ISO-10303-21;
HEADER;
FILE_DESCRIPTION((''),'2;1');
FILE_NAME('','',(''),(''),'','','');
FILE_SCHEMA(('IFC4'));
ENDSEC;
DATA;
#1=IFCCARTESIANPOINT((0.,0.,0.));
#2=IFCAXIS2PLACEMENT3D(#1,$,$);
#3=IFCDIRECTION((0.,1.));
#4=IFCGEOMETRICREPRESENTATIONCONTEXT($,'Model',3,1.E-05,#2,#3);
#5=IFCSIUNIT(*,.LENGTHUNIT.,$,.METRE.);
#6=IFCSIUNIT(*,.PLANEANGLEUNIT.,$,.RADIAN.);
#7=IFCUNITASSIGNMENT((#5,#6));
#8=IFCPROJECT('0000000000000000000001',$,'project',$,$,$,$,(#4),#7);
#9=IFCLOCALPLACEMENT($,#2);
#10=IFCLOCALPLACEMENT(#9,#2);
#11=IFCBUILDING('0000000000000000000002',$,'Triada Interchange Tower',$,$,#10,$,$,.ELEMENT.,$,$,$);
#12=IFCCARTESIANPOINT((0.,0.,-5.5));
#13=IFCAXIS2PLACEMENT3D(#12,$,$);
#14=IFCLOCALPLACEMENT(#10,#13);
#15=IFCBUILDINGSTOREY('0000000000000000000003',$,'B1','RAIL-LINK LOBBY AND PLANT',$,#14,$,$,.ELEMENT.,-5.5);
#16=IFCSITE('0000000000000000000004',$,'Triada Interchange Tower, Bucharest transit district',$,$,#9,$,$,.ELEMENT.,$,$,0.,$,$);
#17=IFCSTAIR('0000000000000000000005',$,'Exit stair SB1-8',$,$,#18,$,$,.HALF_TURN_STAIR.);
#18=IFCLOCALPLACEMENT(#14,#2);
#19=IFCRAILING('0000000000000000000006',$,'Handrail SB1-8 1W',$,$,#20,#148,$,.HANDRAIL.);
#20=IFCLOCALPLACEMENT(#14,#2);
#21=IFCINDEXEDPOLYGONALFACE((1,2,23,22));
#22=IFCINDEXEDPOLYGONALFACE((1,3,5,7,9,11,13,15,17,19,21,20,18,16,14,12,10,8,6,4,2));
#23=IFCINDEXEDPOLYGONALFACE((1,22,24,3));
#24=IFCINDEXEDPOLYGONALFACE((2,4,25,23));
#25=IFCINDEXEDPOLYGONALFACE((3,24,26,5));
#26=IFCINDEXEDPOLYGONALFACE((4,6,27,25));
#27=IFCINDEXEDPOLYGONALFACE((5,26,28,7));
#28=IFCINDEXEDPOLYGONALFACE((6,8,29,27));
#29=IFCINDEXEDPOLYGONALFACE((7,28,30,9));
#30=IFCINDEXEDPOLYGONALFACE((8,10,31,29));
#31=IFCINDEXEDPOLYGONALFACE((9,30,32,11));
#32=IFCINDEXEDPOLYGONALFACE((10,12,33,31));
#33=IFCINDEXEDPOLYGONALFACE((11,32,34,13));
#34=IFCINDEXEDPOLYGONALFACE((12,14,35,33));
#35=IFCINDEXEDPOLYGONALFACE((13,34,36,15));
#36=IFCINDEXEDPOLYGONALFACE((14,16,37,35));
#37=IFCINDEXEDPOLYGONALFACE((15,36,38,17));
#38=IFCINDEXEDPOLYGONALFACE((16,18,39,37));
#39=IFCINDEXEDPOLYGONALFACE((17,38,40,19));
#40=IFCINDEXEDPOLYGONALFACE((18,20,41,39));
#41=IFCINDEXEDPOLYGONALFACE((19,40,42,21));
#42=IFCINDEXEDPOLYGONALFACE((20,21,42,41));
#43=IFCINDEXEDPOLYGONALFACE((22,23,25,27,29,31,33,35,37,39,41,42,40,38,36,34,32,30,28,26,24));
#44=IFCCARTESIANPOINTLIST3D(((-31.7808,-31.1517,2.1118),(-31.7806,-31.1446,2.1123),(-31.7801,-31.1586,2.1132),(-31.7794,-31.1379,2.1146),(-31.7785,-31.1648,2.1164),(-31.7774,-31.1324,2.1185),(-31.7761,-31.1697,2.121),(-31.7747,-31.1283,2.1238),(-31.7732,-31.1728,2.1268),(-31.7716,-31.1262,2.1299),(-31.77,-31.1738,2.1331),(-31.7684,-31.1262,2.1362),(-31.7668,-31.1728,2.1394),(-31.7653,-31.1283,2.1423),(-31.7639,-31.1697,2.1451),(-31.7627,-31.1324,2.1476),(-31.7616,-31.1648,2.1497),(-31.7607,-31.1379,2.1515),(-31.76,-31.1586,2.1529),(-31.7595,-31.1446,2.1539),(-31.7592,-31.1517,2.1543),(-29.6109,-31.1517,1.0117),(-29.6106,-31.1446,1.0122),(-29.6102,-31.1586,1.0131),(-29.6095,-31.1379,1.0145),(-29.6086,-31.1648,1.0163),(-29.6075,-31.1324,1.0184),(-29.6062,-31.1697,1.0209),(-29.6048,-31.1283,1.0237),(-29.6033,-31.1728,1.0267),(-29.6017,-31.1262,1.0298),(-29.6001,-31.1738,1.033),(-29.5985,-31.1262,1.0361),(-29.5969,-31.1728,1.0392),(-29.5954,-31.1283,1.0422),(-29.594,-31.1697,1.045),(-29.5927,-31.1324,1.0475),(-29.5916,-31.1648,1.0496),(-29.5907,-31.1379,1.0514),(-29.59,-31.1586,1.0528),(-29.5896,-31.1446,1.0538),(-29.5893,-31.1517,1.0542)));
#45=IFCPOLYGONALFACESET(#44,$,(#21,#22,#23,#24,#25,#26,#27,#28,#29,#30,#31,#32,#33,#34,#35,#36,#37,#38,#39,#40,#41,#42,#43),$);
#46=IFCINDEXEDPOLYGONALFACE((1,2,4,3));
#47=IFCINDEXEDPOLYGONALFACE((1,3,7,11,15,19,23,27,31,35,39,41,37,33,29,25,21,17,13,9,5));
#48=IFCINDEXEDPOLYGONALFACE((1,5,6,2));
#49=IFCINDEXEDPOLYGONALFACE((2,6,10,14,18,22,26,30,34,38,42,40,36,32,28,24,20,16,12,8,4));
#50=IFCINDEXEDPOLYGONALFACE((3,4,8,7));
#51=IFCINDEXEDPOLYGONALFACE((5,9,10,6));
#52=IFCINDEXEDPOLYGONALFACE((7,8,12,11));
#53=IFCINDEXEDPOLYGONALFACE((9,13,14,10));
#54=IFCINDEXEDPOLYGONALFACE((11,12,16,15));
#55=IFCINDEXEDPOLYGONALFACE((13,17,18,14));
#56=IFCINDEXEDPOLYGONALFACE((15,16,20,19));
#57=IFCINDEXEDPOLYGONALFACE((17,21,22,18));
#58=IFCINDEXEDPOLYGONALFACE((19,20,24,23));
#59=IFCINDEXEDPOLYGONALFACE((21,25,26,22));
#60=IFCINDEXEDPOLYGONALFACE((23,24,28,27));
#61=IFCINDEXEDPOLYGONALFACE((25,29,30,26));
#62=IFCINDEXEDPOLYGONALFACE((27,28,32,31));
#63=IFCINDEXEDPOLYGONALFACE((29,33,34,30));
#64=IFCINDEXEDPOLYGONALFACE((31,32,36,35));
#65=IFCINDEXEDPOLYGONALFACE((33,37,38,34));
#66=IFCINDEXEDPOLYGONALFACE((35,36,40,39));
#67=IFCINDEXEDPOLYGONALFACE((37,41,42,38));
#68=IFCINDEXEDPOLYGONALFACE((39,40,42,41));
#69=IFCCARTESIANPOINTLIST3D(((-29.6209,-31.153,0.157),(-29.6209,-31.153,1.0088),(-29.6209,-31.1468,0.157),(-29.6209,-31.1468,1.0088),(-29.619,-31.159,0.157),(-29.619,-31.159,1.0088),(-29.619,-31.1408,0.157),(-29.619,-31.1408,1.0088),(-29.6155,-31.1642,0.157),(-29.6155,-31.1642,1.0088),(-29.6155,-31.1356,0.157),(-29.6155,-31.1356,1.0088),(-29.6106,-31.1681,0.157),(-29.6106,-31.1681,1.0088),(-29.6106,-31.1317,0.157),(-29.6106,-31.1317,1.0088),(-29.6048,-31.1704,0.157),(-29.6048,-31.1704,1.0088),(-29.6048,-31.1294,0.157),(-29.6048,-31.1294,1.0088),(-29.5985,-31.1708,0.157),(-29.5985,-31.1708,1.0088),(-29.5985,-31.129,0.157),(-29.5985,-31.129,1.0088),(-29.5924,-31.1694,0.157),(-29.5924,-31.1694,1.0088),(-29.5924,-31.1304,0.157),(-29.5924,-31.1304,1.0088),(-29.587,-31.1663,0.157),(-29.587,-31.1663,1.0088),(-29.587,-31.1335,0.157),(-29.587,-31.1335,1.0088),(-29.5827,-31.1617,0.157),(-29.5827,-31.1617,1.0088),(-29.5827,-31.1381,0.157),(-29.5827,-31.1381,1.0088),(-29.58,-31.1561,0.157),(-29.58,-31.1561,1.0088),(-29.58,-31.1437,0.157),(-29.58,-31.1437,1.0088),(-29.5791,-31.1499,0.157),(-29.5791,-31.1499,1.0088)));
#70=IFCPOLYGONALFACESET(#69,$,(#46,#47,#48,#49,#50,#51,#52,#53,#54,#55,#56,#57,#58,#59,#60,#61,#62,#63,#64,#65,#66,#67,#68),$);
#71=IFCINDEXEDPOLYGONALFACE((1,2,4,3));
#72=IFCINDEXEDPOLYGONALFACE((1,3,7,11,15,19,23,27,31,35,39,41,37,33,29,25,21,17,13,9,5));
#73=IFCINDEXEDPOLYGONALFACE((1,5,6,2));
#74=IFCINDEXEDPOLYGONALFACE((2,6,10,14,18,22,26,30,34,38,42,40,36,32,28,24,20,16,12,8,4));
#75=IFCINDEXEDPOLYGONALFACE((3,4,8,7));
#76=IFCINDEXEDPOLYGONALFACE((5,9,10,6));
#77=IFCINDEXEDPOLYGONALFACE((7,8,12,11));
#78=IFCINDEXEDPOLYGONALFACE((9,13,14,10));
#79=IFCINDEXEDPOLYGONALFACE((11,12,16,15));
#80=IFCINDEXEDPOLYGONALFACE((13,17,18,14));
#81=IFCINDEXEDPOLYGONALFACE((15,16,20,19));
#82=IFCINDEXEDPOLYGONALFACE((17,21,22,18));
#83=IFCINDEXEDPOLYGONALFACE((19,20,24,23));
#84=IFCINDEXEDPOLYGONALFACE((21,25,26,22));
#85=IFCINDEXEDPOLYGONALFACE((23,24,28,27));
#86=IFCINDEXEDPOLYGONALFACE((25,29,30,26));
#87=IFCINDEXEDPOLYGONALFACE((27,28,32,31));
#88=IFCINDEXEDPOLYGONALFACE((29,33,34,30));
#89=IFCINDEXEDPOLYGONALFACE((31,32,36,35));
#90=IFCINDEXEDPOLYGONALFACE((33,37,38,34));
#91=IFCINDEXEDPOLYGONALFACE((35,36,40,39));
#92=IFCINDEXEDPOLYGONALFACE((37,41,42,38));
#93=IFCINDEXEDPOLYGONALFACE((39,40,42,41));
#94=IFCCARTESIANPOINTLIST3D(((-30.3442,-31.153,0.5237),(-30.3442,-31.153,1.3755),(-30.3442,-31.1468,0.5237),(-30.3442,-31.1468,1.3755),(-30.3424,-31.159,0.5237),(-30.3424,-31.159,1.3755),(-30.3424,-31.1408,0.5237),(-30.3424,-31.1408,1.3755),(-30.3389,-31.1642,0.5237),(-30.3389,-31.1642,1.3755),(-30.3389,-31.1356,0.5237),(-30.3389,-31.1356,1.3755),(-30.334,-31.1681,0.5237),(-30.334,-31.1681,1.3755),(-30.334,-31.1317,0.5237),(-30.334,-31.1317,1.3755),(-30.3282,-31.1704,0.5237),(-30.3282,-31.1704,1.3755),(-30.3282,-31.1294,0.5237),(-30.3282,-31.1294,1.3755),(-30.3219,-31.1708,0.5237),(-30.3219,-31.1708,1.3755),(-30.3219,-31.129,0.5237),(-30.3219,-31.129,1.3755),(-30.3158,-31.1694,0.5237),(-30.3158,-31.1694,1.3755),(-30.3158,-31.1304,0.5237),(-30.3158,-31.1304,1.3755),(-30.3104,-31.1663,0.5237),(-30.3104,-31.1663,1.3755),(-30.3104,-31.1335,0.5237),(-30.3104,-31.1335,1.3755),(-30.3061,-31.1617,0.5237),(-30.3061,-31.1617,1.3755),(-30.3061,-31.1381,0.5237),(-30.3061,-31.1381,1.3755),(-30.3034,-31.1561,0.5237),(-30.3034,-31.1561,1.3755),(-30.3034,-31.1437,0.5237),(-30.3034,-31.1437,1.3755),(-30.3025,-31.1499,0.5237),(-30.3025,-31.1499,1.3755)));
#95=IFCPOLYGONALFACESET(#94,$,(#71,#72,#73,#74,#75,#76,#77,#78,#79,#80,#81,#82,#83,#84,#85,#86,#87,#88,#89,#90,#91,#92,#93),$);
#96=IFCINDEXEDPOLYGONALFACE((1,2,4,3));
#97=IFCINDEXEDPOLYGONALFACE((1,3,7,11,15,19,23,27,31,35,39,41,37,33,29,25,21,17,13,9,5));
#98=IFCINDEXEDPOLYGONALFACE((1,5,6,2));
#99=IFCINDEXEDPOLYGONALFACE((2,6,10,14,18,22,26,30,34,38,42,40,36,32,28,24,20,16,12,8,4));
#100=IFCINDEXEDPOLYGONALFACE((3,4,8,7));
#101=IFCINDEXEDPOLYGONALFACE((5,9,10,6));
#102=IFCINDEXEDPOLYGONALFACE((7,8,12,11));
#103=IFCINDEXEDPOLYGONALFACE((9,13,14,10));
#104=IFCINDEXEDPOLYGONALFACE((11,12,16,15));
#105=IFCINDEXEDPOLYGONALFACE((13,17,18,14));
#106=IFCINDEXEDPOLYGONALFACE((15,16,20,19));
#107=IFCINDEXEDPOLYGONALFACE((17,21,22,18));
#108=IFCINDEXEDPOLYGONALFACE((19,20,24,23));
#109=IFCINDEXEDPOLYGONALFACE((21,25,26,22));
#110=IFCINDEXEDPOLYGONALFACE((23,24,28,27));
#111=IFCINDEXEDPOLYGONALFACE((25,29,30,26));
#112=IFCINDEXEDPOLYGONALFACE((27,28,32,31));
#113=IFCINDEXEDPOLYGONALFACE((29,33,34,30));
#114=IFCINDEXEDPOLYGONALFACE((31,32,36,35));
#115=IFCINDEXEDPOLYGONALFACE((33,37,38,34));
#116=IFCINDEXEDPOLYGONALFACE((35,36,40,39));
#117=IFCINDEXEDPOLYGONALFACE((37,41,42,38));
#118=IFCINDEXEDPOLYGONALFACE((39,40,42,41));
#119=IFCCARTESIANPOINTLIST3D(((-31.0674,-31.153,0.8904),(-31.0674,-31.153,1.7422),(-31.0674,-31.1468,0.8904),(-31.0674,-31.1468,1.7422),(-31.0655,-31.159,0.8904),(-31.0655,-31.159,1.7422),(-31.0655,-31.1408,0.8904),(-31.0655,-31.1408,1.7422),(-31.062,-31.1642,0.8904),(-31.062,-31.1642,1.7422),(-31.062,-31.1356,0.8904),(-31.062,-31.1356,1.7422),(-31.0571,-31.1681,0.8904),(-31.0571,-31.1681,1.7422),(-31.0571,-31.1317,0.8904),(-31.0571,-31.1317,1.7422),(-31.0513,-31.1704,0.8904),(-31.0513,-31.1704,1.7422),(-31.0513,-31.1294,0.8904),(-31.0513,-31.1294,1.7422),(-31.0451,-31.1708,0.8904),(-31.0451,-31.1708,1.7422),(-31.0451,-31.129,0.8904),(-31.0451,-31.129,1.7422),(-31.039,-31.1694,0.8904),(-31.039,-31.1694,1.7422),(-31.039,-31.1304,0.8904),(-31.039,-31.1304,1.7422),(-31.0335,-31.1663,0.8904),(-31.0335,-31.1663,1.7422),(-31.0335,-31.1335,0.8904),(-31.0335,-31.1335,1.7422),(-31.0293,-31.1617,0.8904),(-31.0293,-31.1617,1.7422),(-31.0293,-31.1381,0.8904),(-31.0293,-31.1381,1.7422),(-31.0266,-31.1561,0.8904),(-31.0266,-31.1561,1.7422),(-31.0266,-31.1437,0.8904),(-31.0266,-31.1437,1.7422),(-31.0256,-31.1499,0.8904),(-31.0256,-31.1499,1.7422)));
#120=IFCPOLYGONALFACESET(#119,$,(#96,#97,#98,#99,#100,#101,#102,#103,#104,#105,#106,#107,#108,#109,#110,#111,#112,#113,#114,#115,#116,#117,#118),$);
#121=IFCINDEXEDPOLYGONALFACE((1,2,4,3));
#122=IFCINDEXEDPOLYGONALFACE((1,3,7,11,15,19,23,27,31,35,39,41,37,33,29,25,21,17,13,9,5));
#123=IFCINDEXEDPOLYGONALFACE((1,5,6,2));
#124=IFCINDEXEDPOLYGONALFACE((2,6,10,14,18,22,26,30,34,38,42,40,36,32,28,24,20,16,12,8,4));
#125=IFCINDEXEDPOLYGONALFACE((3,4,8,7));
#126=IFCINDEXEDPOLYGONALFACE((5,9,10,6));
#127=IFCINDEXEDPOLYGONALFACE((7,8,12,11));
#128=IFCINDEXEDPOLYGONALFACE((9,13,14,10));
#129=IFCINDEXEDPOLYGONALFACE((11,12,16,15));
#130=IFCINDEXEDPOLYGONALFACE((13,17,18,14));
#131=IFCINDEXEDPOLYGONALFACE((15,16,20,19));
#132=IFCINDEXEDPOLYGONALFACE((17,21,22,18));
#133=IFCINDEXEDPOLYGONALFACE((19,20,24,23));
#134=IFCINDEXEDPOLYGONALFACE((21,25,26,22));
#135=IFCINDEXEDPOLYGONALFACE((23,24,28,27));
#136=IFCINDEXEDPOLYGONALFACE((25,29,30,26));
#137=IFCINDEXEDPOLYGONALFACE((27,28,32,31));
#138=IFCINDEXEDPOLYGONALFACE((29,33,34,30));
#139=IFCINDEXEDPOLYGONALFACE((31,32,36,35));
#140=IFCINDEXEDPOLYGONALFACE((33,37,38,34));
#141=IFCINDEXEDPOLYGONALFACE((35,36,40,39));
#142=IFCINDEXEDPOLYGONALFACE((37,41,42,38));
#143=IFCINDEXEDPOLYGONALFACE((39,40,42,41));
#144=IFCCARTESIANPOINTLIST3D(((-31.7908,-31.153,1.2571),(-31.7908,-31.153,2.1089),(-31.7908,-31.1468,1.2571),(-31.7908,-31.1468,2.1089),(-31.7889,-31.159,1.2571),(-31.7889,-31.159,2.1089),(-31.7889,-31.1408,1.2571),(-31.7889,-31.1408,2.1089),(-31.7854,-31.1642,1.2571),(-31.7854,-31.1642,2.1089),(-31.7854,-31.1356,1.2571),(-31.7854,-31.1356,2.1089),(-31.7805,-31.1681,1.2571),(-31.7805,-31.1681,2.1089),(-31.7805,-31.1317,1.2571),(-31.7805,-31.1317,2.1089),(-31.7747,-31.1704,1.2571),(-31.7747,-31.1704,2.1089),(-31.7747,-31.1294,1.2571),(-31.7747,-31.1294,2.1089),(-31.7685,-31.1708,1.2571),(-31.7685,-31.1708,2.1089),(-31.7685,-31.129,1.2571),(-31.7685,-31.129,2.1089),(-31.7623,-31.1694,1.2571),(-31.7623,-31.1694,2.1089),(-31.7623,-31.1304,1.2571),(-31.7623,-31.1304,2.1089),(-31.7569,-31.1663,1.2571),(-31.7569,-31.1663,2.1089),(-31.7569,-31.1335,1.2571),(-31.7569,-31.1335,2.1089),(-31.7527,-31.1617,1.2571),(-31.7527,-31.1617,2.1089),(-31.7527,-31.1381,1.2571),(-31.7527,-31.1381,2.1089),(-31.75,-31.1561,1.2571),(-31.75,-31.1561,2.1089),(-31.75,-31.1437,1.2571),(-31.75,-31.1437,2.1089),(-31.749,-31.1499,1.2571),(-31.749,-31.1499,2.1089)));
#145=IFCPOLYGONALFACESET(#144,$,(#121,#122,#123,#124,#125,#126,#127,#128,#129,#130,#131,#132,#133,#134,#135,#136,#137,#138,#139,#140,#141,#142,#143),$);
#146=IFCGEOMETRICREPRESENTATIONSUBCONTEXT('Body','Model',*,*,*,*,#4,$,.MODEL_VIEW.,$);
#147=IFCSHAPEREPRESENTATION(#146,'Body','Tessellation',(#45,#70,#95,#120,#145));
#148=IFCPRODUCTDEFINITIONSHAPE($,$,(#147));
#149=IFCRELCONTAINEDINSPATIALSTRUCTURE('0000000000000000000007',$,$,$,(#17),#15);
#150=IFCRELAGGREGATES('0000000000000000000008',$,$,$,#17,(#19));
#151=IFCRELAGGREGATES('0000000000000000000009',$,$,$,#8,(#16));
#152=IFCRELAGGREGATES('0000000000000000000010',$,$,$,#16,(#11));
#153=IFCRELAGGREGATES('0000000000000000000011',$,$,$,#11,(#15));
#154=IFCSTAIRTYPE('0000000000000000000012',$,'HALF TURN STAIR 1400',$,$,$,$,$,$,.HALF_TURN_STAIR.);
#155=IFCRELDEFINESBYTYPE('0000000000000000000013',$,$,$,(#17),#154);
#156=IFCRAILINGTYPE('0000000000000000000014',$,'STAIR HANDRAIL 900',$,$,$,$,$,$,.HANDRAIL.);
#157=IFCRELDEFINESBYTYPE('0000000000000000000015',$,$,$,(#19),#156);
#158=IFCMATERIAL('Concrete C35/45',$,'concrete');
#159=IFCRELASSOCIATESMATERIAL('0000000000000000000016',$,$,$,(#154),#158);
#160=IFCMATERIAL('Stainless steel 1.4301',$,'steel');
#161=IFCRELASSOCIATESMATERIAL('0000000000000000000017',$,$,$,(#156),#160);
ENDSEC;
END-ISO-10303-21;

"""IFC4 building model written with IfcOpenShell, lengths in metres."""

from ifc_helpers import new_model, si_unit, direction, frame, origin, origin_2d, place, context, subcontext, project, spatial, circle, extrude, material, type_object, element, aggregate, save


model = new_model("IFC4")

# Units and contexts
model_context = context("Model", 3, precision=1e-05, world=origin(), true_north=direction((0.0, 1.0)))
body_context = subcontext(model_context, "Body", "Model", "MODEL_VIEW")
ifc_project = project(units=[si_unit("LENGTHUNIT", "METRE"), si_unit("PLANEANGLEUNIT", "RADIAN")], contexts=[model_context])

# Site, building, storey
site_placement = place(None, origin())
site = spatial("IfcSite", under=ifc_project, at=site_placement, Name="Triada Interchange Tower, Bucharest transit district", CompositionType="ELEMENT", RefElevation=0.0)
building_placement = place(site_placement, origin())
building = spatial("IfcBuilding", under=site, at=building_placement, Name="Triada Interchange Tower", CompositionType="ELEMENT")
storey_placement = place(building_placement, frame((0.0, 0.0, -5.5)))
storey = spatial("IfcBuildingStorey", under=building, at=storey_placement, Name="B1", Description="RAIL-LINK LOBBY AND PLANT", CompositionType="ELEMENT", Elevation=-5.5)

# Shared definitions
ifc_material_1 = material(Name="Concrete C35/45", Category="concrete")

# Stair, railing
stair_type = type_object("IfcStairType", Name="HALF TURN STAIR 1400", PredefinedType="HALF_TURN_STAIR", material=ifc_material_1)
stair_placement = place(storey_placement, origin())
stair = element("IfcStair", 1, at=stair_placement, inside=storey, type_object=stair_type, Name="Exit stair SB1-8", PredefinedType="HALF_TURN_STAIR")
ifc_material_2 = material(Name="Stainless steel 1.4301", Category="steel")
railing_type_1 = type_object("IfcRailingType", Name="STAIR HANDRAIL 900", PredefinedType="HANDRAIL", material=ifc_material_2)
railing_1_placement = place(storey_placement, frame((-29.6001, -31.1499, 0.157)))
railing_1 = element("IfcRailing", 2, at=railing_1_placement, type_object=railing_type_1, Name="Handrail SB1-8 1W", PredefinedType="HANDRAIL", context=body_context, shape_type="SweptSolid", body=[
    extrude(circle(Radius=0.0239, at=origin_2d()), frame((0.0, 0.0, 0.876), z_axis=(-0.891925, 0.0, 0.452184), x_axis=(0.0, -1.0, 0.0)), (0.0, 0.0, 1.0), 2.4329),
    extrude(circle(Radius=0.021, at=origin_2d()), origin(), (0.0, 0.0, 1.0), 0.8518),
    extrude(circle(Radius=0.021, at=origin_2d()), frame((-0.7234, 0.0, 0.3667)), (0.0, 0.0, 1.0), 0.8518),
    extrude(circle(Radius=0.021, at=origin_2d()), frame((-1.4465, 0.0, 0.7334)), (0.0, 0.0, 1.0), 0.8518),
    extrude(circle(Radius=0.021, at=origin_2d()), frame((-2.1699, 0.0, 1.1001)), (0.0, 0.0, 1.0), 0.8518),
])
aggregate(stair, [railing_1])

save(model, "model.ifc")
